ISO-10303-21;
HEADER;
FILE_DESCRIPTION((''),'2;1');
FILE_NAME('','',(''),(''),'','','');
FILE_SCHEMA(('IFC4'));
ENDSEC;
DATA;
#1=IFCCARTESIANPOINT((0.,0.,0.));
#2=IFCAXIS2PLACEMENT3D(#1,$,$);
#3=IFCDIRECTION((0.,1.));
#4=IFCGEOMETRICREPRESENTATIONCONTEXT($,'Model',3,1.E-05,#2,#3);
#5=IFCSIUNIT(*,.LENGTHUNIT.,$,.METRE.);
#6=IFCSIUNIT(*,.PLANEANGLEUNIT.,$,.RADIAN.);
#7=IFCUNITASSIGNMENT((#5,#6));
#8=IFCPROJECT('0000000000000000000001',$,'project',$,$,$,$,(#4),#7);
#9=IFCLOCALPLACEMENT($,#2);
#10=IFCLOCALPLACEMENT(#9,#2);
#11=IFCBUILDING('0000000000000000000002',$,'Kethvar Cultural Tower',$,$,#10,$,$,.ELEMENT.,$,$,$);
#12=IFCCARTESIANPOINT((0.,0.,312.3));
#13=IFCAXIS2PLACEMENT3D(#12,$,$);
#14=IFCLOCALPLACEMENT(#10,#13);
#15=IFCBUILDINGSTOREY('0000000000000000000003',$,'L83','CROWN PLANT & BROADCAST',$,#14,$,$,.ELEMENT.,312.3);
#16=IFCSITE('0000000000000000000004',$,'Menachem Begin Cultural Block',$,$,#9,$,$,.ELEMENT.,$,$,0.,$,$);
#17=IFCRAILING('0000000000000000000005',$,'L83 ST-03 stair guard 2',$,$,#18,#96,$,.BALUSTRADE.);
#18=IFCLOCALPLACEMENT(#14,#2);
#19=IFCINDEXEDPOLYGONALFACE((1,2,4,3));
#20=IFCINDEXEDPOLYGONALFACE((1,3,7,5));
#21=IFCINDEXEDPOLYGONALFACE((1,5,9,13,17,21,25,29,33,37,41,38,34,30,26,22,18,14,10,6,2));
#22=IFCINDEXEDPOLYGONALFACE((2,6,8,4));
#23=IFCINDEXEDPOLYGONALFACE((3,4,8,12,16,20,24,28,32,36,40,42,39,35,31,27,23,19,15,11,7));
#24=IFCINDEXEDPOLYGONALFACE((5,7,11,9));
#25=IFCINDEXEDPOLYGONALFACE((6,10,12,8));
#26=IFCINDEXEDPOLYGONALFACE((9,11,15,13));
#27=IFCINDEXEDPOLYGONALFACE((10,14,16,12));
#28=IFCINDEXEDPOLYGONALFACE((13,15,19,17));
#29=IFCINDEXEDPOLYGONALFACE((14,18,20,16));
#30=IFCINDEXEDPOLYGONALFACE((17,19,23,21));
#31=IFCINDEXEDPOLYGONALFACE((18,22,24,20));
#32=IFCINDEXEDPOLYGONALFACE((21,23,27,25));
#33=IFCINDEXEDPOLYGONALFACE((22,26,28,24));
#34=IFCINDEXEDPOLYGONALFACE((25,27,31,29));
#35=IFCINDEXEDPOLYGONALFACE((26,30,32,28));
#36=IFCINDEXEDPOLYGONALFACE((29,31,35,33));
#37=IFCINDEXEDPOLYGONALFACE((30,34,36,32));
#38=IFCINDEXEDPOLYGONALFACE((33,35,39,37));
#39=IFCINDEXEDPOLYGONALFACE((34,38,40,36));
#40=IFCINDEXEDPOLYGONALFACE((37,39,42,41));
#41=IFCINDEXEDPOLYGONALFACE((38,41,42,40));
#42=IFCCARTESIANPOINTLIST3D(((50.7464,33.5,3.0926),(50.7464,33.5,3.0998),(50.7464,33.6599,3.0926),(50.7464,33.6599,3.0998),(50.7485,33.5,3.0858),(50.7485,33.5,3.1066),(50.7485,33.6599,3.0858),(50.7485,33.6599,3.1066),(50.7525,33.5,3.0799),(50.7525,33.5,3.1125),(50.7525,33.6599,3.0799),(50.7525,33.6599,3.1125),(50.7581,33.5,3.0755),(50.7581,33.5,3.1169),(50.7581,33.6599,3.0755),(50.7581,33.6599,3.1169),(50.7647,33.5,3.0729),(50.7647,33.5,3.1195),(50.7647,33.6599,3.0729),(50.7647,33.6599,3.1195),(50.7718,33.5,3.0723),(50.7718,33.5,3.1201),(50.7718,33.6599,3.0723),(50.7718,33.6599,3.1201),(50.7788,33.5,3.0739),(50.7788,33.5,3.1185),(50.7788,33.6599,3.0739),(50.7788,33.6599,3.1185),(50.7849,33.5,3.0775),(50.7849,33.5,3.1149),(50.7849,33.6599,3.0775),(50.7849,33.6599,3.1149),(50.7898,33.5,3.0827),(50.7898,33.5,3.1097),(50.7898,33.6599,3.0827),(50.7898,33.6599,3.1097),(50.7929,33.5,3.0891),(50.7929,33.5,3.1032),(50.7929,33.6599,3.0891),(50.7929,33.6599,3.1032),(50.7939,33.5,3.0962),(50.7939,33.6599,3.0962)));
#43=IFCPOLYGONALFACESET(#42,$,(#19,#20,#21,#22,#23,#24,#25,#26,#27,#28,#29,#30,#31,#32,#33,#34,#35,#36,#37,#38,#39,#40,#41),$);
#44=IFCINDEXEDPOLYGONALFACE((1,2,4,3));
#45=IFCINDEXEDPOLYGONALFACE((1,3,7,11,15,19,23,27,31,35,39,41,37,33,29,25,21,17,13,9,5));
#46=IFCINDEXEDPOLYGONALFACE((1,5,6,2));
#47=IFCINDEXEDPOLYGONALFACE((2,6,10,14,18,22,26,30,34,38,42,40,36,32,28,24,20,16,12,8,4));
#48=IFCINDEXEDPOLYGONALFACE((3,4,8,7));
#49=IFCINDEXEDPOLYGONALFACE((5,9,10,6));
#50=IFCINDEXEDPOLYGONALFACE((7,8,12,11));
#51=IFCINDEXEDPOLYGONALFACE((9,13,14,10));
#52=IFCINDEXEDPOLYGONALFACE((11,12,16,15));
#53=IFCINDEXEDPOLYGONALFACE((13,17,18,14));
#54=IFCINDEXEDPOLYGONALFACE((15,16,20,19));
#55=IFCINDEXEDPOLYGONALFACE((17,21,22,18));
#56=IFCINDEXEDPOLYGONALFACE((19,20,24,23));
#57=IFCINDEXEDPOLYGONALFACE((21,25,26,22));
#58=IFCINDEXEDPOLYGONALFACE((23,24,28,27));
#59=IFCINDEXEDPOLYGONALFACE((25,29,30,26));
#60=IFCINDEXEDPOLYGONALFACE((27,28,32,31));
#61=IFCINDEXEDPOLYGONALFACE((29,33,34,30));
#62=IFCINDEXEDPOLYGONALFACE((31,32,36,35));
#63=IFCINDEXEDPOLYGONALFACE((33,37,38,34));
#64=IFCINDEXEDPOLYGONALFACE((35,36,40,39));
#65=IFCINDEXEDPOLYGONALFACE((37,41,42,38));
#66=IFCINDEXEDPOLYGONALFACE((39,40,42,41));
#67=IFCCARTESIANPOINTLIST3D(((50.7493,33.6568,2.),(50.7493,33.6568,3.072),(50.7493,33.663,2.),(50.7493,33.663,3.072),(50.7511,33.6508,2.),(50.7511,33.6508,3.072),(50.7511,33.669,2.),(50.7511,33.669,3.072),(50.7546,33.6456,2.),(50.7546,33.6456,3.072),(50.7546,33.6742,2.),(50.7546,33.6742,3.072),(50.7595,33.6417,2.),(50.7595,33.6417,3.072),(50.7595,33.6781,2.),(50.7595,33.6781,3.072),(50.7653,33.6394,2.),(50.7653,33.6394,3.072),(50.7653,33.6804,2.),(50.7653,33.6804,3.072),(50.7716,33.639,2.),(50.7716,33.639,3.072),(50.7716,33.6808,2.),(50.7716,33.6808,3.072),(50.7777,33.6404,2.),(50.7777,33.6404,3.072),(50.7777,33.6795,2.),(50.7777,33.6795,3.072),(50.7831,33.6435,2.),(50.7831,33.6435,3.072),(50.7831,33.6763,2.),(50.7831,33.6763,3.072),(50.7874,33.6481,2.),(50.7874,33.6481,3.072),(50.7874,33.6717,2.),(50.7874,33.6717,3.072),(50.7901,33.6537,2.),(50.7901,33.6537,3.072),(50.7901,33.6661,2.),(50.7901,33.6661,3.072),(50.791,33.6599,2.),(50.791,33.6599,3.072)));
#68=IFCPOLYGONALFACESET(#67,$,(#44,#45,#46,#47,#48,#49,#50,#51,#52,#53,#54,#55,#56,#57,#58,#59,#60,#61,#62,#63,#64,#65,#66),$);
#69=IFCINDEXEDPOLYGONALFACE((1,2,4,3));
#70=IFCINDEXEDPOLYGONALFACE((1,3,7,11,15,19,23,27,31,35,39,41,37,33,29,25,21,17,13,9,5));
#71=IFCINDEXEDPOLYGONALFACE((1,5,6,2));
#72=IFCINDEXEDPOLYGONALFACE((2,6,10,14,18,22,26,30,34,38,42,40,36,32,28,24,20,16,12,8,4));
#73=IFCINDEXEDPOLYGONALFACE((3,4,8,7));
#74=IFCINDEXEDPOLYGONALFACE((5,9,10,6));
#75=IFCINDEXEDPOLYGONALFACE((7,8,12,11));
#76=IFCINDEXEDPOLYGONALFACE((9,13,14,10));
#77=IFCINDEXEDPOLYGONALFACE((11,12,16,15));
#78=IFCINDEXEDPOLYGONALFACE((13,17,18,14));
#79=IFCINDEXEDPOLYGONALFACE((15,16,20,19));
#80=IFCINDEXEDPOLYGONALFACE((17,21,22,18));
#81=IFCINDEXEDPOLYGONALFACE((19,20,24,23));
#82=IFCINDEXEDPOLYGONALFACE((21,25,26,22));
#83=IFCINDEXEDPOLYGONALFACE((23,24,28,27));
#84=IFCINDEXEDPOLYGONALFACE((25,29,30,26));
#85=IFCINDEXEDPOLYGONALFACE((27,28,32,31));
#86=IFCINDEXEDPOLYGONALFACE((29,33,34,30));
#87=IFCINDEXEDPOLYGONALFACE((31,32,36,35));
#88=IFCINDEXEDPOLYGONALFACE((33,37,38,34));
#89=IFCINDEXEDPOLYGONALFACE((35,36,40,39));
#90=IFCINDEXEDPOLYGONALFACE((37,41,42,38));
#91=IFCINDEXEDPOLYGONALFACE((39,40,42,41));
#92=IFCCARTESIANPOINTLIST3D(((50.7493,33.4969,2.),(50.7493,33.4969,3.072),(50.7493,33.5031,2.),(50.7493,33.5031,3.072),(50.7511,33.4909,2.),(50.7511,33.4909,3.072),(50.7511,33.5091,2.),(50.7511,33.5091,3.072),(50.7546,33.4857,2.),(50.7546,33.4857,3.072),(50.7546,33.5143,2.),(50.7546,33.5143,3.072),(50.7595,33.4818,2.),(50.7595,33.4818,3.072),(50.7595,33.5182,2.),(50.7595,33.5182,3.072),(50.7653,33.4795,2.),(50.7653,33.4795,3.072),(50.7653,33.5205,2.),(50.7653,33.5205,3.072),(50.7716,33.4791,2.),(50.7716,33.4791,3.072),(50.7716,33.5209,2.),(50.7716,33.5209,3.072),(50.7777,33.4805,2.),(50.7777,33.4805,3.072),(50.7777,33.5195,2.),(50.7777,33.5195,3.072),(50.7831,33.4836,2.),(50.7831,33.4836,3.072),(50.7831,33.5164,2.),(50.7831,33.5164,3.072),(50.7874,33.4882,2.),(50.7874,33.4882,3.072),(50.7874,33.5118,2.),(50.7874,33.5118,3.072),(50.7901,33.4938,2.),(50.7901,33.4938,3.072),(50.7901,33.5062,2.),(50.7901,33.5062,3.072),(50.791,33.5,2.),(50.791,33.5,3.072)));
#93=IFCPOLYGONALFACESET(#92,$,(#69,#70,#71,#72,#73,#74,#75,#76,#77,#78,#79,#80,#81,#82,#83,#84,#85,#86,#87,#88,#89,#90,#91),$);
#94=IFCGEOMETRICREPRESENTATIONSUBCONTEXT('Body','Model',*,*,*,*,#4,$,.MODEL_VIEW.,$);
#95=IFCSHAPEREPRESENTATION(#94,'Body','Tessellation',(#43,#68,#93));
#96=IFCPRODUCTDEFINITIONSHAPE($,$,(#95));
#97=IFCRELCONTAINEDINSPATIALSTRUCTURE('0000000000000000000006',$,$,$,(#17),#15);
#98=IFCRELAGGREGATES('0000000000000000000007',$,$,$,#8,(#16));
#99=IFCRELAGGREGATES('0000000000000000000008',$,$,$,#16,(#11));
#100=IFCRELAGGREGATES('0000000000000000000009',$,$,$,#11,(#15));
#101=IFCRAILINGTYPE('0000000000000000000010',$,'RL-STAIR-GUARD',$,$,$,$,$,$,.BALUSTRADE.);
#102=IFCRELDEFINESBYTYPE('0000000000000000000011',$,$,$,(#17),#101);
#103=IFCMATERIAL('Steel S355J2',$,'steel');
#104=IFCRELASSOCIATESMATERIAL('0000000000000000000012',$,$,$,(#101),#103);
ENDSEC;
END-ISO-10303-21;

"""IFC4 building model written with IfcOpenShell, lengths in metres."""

from ifc_helpers import new_model, si_unit, direction, frame, origin, origin_2d, place, context, subcontext, project, spatial, circle, extrude, material, type_object, element, save


model = new_model("IFC4")

# Units and contexts
model_context = context("Model", 3, precision=1e-05, world=origin(), true_north=direction((0.0, 1.0)))
body_context = subcontext(model_context, "Body", "Model", "MODEL_VIEW")
ifc_project = project(units=[si_unit("LENGTHUNIT", "METRE"), si_unit("PLANEANGLEUNIT", "RADIAN")], contexts=[model_context])

# Site, building, storey
site_placement = place(None, origin())
site = spatial("IfcSite", under=ifc_project, at=site_placement, Name="Menachem Begin Cultural Block", CompositionType="ELEMENT", RefElevation=0.0)
building_placement = place(site_placement, origin())
building = spatial("IfcBuilding", under=site, at=building_placement, Name="Kethvar Cultural Tower", CompositionType="ELEMENT")
storey_placement = place(building_placement, frame((0.0, 0.0, 312.3)))
storey = spatial("IfcBuildingStorey", under=building, at=storey_placement, Name="L83", Description="CROWN PLANT & BROADCAST", CompositionType="ELEMENT", Elevation=312.3)

# Shared definitions
ifc_material_1 = material(Name="Steel S355J2", Category="steel")

# Railing
railing_type_1 = type_object("IfcRailingType", Name="RL-STAIR-GUARD", PredefinedType="BALUSTRADE", material=ifc_material_1)
railing_1_placement = place(storey_placement, frame((50.77, 33.6599, 2.0)))
element("IfcRailing", 1, at=railing_1_placement, inside=storey, type_object=railing_type_1, Name="L83 ST-03 stair guard 2", PredefinedType="BALUSTRADE", context=body_context, shape_type="SweptSolid", body=[
    extrude(circle(Radius=0.0239, at=origin_2d()), frame((0.0, 0.0, 1.0962), z_axis=(0.0, -1.0, 0.0), x_axis=(1.0, 0.0, 0.0)), (0.0, 0.0, 1.0), 0.1599),
    extrude(circle(Radius=0.021, at=origin_2d()), origin(), (0.0, 0.0, 1.0), 1.072),
    extrude(circle(Radius=0.021, at=origin_2d()), frame((0.0, -0.1599, 0.0)), (0.0, 0.0, 1.0), 1.072),
])

save(model, "model.ifc")
